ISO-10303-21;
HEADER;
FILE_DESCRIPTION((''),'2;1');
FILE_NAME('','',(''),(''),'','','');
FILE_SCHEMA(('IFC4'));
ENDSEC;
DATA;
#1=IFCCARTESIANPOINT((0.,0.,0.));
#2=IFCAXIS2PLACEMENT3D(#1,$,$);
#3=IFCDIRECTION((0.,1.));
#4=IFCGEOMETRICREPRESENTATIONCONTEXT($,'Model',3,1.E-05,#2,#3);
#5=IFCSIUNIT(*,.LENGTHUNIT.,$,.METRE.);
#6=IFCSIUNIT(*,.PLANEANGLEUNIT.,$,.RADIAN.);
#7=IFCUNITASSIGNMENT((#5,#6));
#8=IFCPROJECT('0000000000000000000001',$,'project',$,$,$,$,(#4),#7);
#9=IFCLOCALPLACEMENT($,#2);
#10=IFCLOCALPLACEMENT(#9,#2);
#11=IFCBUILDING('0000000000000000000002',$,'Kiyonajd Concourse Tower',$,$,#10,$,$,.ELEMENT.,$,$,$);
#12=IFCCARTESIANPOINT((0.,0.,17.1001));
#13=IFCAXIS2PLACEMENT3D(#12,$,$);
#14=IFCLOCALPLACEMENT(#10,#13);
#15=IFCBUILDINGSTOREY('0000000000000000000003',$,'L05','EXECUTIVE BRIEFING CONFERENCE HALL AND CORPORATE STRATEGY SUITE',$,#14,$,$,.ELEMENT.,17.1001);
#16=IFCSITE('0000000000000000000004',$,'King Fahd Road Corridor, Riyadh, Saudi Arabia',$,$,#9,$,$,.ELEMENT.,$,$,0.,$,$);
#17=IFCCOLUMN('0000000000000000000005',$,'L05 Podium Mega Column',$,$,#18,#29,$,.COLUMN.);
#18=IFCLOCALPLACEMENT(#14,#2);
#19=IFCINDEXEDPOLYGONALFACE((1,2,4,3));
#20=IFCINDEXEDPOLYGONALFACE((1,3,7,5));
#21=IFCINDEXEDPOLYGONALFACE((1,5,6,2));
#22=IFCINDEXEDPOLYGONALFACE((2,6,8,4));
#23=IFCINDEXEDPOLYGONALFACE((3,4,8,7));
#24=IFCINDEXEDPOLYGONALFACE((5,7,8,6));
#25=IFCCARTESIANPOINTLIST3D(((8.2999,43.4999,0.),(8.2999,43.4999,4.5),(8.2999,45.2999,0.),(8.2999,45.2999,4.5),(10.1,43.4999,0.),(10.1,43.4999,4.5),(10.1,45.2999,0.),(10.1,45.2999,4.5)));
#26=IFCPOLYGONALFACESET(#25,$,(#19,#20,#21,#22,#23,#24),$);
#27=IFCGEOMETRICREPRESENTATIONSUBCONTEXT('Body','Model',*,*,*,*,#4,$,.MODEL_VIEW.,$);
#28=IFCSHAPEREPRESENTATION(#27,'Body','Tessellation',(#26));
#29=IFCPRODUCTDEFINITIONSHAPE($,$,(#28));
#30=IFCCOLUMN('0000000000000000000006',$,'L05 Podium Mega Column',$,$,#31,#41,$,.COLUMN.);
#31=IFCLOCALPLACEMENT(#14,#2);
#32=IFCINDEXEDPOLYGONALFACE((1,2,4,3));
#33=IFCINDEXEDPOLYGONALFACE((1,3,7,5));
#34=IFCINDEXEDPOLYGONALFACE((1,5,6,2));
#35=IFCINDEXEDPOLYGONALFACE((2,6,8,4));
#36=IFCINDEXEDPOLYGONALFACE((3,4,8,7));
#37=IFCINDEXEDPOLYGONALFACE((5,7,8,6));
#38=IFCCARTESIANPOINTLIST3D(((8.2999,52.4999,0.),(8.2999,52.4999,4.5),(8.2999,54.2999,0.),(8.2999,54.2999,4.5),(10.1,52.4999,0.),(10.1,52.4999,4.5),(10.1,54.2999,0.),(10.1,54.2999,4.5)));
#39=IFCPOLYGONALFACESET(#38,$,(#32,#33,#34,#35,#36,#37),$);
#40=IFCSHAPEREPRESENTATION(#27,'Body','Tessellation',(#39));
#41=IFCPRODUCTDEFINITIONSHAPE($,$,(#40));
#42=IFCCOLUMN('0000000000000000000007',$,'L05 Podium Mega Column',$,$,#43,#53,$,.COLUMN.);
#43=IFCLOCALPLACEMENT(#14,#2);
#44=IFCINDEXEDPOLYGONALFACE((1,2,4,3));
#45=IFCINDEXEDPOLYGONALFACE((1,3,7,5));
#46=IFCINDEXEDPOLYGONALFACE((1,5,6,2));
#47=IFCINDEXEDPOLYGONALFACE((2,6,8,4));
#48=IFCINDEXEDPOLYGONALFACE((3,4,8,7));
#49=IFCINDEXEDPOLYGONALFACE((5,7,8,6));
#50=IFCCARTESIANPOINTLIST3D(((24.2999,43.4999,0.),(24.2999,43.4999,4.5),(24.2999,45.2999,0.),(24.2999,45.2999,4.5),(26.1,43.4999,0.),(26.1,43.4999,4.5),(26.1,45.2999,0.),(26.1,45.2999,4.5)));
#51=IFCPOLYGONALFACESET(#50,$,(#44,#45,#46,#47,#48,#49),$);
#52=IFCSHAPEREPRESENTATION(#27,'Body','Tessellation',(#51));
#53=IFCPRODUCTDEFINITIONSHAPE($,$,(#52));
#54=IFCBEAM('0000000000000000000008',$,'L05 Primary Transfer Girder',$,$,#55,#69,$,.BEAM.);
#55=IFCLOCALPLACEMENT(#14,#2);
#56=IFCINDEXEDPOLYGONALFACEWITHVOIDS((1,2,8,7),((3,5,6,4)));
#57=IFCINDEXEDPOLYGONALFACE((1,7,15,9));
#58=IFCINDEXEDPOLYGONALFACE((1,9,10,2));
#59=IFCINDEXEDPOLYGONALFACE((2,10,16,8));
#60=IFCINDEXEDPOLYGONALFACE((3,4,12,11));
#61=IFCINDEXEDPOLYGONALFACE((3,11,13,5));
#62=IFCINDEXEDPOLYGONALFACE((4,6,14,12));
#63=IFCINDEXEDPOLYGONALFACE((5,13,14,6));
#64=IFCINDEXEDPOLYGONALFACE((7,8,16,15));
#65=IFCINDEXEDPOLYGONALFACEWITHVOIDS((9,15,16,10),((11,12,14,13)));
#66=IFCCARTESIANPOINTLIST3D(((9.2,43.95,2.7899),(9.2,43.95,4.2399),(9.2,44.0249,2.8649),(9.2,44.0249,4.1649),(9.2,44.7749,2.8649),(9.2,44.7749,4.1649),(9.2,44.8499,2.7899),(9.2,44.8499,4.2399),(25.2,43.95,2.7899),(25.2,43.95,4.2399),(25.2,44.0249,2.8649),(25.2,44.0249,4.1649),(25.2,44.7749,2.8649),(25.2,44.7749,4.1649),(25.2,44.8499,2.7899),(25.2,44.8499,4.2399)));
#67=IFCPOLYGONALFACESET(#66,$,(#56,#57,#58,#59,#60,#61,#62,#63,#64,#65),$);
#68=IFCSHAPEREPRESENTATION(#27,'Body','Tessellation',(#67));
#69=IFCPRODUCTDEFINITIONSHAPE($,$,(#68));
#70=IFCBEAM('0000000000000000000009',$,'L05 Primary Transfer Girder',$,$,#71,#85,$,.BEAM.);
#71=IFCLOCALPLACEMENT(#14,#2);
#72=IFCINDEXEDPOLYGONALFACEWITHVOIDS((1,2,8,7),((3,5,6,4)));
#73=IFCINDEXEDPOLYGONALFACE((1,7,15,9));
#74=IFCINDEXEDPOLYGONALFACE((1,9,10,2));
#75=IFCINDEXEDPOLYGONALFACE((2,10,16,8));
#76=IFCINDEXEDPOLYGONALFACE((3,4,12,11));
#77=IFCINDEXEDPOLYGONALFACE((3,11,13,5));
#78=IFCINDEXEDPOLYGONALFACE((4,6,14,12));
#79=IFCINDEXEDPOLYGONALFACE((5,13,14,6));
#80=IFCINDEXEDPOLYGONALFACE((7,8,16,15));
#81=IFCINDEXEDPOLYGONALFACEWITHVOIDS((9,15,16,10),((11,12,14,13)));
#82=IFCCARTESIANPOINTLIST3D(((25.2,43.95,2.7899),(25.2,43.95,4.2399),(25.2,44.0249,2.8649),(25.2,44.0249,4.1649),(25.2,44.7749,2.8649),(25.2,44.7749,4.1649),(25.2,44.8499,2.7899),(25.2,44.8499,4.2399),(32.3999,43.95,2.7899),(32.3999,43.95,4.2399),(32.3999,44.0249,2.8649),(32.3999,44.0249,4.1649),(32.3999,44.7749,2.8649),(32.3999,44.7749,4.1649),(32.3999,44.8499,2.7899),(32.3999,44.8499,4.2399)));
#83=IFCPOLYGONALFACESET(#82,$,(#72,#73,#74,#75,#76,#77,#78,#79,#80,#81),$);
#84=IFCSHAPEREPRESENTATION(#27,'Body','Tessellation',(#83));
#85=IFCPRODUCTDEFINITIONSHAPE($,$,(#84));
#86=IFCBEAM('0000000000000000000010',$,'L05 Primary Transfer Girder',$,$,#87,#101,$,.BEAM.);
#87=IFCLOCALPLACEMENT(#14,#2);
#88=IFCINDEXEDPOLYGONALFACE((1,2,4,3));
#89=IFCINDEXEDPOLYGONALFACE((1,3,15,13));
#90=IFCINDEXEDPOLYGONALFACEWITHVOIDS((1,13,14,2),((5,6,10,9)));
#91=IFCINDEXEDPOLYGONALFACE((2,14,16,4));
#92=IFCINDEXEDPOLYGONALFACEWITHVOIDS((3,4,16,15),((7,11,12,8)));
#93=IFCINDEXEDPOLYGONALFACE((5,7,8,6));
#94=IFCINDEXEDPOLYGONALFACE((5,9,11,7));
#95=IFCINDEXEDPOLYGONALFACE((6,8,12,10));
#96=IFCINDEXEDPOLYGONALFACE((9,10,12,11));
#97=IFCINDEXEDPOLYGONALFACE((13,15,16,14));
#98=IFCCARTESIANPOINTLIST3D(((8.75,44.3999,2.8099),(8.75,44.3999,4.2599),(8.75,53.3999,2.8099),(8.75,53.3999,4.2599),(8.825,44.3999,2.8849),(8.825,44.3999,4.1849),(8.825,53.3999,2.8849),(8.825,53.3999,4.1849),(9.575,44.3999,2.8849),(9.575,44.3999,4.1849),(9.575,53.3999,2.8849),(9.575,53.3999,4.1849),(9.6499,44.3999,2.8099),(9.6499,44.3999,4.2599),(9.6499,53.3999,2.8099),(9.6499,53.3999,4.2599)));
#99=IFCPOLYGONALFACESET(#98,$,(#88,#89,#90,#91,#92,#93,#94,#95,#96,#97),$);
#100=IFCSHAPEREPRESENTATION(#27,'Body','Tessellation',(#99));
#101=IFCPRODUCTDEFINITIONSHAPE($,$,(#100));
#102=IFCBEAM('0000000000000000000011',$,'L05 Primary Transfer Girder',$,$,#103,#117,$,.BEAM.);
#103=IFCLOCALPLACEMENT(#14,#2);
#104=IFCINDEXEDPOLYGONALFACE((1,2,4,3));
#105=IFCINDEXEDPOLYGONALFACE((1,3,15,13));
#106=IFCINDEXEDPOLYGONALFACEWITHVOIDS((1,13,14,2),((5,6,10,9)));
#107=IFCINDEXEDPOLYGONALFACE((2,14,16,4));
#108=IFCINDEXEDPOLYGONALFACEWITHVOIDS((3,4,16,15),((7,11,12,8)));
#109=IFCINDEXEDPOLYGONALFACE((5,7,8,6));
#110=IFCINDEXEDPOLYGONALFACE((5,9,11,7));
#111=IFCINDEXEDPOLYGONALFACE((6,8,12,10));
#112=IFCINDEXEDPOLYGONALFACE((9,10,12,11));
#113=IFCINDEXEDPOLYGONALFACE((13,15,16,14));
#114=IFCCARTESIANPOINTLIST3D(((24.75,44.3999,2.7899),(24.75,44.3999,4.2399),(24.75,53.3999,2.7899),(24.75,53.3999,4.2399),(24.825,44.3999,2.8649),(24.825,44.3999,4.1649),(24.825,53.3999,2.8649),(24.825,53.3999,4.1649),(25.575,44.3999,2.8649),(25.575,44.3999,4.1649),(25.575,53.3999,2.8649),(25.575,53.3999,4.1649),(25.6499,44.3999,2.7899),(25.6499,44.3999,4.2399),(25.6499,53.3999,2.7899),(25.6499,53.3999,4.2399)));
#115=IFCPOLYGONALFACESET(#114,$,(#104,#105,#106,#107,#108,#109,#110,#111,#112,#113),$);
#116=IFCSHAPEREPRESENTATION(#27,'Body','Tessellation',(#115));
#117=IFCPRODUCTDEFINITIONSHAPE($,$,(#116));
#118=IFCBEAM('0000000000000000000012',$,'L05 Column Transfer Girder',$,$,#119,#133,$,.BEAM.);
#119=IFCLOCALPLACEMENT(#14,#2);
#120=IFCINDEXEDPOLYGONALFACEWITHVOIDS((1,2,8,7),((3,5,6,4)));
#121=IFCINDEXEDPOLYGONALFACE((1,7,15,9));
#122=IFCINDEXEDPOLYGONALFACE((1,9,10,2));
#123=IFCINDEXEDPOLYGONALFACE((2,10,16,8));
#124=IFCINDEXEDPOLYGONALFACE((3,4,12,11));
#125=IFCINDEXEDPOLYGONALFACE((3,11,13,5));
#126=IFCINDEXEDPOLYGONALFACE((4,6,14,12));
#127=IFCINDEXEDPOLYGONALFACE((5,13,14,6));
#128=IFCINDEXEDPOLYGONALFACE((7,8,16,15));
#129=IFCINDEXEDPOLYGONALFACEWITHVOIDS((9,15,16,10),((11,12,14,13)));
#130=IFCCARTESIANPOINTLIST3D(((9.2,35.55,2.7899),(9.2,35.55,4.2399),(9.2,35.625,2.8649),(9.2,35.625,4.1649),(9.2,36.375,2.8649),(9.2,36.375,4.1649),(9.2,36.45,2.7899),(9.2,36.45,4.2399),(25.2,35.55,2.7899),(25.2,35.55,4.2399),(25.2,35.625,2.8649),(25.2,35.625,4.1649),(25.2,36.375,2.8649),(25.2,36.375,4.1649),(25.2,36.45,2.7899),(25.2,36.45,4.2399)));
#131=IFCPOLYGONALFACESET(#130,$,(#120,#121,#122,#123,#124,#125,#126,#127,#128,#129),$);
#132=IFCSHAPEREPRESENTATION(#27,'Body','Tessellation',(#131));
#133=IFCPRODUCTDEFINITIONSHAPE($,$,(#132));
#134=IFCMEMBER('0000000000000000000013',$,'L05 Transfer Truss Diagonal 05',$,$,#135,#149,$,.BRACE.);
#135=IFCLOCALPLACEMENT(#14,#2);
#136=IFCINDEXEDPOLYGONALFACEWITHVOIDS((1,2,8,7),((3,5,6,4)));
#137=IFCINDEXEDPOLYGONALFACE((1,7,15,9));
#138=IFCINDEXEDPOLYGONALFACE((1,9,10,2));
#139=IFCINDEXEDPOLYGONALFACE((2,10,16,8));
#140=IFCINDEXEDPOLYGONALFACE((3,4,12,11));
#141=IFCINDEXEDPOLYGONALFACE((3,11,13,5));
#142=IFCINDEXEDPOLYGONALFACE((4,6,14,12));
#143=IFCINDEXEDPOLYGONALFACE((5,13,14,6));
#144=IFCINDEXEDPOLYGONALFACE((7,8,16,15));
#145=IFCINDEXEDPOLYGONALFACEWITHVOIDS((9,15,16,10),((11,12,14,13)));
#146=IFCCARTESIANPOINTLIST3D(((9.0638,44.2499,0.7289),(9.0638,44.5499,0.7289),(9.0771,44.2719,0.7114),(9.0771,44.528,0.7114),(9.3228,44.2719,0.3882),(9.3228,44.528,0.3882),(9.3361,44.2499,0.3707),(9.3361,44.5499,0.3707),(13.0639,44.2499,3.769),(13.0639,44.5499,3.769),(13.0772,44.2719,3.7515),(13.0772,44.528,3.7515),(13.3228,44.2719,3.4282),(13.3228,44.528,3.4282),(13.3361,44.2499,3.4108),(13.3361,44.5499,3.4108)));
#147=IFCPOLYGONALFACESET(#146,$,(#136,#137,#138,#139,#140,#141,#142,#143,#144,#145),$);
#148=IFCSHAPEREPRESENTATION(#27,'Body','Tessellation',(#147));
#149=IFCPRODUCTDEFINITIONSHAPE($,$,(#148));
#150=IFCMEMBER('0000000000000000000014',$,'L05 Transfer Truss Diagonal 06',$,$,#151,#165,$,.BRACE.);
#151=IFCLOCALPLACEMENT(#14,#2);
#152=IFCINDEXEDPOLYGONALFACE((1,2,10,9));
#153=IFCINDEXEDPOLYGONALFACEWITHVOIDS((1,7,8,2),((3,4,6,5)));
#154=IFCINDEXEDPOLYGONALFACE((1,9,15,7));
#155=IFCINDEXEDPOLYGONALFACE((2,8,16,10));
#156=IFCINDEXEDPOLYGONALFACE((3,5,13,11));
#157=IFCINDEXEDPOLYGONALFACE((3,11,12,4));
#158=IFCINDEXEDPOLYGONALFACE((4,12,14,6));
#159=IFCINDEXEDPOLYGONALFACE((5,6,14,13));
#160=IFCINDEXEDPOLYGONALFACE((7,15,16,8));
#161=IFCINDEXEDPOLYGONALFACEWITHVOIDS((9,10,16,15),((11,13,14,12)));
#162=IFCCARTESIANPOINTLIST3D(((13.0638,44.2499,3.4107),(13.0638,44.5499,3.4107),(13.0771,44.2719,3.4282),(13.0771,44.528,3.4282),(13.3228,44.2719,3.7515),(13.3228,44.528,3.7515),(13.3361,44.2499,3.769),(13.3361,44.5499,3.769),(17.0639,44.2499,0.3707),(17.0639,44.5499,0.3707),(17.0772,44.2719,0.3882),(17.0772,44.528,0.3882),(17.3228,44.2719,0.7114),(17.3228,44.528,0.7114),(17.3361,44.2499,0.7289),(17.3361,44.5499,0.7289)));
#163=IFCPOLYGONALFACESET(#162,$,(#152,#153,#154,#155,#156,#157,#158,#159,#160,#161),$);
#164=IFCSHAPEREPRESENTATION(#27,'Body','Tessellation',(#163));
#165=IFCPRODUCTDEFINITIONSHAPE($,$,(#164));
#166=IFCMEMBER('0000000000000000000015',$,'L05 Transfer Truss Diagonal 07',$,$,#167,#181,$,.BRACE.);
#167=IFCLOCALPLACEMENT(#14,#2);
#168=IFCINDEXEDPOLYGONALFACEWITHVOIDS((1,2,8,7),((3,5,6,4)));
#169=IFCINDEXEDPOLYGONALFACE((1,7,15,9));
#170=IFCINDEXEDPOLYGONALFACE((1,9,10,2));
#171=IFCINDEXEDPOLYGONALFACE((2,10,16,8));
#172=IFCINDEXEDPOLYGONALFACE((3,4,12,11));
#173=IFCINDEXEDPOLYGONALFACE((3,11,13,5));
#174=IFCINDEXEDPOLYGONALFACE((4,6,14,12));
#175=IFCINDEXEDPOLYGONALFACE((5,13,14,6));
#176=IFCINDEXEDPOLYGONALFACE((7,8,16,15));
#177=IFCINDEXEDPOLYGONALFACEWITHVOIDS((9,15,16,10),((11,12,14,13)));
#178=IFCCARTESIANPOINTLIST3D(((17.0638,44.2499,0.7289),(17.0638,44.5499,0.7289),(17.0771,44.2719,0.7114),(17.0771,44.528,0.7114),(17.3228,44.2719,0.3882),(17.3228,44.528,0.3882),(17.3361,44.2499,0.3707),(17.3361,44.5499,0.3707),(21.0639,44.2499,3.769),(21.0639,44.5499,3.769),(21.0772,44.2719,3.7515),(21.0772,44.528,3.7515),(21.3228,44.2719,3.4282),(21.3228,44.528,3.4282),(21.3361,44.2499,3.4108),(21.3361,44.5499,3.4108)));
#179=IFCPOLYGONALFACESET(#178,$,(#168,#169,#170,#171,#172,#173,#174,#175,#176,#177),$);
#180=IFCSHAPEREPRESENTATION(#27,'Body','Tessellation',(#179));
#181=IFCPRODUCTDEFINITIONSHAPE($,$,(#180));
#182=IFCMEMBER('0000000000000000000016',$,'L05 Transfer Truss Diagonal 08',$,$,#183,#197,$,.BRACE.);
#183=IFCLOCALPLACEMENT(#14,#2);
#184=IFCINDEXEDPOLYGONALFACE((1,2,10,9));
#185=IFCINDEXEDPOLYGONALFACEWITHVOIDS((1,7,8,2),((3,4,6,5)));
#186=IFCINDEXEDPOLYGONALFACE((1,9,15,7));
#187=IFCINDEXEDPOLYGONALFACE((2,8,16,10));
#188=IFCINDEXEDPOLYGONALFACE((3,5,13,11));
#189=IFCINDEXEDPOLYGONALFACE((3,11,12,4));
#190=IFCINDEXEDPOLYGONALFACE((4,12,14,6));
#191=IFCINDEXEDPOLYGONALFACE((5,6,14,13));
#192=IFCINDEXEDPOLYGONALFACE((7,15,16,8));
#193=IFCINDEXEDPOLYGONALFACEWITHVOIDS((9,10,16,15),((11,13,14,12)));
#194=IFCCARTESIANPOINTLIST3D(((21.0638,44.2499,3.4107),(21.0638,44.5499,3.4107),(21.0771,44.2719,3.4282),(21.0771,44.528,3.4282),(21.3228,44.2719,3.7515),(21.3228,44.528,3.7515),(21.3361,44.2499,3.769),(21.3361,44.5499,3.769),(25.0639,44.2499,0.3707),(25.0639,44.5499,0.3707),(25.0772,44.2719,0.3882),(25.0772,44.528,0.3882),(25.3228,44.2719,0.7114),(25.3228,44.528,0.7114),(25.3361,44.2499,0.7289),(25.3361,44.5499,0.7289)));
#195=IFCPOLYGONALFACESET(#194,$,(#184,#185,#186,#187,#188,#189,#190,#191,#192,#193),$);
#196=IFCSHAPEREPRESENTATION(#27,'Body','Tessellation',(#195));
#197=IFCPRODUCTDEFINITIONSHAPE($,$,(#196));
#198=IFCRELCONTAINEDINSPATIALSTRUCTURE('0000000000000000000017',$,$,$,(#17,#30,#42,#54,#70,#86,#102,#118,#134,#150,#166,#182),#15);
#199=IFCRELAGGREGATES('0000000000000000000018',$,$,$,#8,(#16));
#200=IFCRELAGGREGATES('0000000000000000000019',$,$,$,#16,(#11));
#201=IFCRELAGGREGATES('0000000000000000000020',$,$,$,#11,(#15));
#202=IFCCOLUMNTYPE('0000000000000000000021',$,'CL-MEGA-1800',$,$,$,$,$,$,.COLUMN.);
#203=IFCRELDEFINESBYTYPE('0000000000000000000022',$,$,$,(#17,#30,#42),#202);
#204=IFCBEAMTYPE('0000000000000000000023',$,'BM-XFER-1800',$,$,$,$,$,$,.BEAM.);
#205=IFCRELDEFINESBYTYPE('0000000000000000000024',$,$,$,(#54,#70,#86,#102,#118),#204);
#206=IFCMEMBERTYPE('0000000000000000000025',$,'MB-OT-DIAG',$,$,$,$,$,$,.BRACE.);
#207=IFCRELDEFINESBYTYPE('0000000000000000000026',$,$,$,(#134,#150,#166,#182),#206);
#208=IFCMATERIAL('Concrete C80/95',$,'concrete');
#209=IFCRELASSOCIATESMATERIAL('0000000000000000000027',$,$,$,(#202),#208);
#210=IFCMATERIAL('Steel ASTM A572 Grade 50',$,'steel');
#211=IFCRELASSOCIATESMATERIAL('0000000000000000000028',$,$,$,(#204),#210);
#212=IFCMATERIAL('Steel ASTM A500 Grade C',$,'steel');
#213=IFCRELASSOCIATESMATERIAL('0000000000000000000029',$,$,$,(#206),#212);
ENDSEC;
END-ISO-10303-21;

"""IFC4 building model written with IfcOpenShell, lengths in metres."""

from ifc_helpers import new_model, si_unit, direction, frame, origin, origin_2d, place, context, subcontext, project, spatial, rectangle, hollow_rectangle, extrude, material, material_profile, profile_set, type_object, element, save


model = new_model("IFC4")

# Units and contexts
model_context = context("Model", 3, precision=1e-05, world=origin(), true_north=direction((0.0, 1.0)))
body_context = subcontext(model_context, "Body", "Model", "MODEL_VIEW")
ifc_project = project(units=[si_unit("LENGTHUNIT", "METRE"), si_unit("PLANEANGLEUNIT", "RADIAN")], contexts=[model_context])

# Site, building, storey
site_placement = place(None, origin())
site = spatial("IfcSite", under=ifc_project, at=site_placement, Name="King Fahd Road Corridor, Riyadh, Saudi Arabia", CompositionType="ELEMENT", RefElevation=0.0)
building_placement = place(site_placement, origin())
building = spatial("IfcBuilding", under=site, at=building_placement, Name="Kiyonajd Concourse Tower", CompositionType="ELEMENT")
storey_placement = place(building_placement, frame((0.0, 0.0, 17.1001)))
storey = spatial("IfcBuildingStorey", under=building, at=storey_placement, Name="L05", Description="EXECUTIVE BRIEFING CONFERENCE HALL AND CORPORATE STRATEGY SUITE", CompositionType="ELEMENT", Elevation=17.1001)

# Columns
ifc_material_1 = material(Name="Concrete C80/95", Category="concrete")
ifc_material_profile_1 = material_profile(ifc_material_1, rectangle(XDim=1.8, YDim=1.8, at=origin_2d()), Name="RC-1800x1800")
ifc_profile_set_1 = profile_set([ifc_material_profile_1], Name="Concrete C80/95")
column_type = type_object("IfcColumnType", Name="CL-MEGA-1800", PredefinedType="COLUMN", material=ifc_profile_set_1)
for number, where, z_axis, x_axis, name in (
    (1, (9.2, 44.3999, 0.0), (0.0, 0.0, 1.0), (1.0, 0.0, 0.0), "L05 Podium Mega Column"),
    (2, (9.2, 53.3999, 0.0), (0.0, 0.0, 1.0), (1.0, 0.0, 0.0), "L05 Podium Mega Column"),
    (3, (25.2, 44.3999, 0.0), (0.0, 0.0, 1.0), (1.0, 0.0, 0.0), "L05 Podium Mega Column"),
):
    element("IfcColumn", number, at=place(storey_placement, frame(where, z_axis=z_axis, x_axis=x_axis)), inside=storey, type_object=column_type, Name=name, PredefinedType="COLUMN", context=body_context, shape_type="SweptSolid", body=[
        extrude(rectangle(XDim=1.8, YDim=1.8, at=origin_2d()), origin(), (0.0, 0.0, 1.0), 4.5),
    ])

# Beams
ifc_material_2 = material(Name="Steel ASTM A572 Grade 50", Category="steel")
ifc_material_profile_2 = material_profile(ifc_material_2, hollow_rectangle(XDim=0.8999, YDim=1.45, WallThickness=0.075, at=origin_2d()), Name="BOX-1450x900x75")
ifc_profile_set_2 = profile_set([ifc_material_profile_2], Name="Steel ASTM A572 Grade 50")
beam_type = type_object("IfcBeamType", Name="BM-XFER-1800", PredefinedType="BEAM", material=ifc_profile_set_2)
beam_1_placement = place(storey_placement, frame((9.2, 44.3999, 3.5149), z_axis=(1.0, 0.0, 0.0), x_axis=(0.0, 1.0, 0.0)))
element("IfcBeam", 4, at=beam_1_placement, inside=storey, type_object=beam_type, Name="L05 Primary Transfer Girder", PredefinedType="BEAM", context=body_context, shape_type="SweptSolid", body=[
    extrude(hollow_rectangle(XDim=0.8999, YDim=1.45, WallThickness=0.075, at=origin_2d()), origin(), (0.0, 0.0, 1.0), 16.0),
])
beam_2_placement = place(storey_placement, frame((25.2, 44.3999, 3.5149), z_axis=(1.0, 0.0, 0.0), x_axis=(0.0, 1.0, 0.0)))
element("IfcBeam", 5, at=beam_2_placement, inside=storey, type_object=beam_type, Name="L05 Primary Transfer Girder", PredefinedType="BEAM", context=body_context, shape_type="SweptSolid", body=[
    extrude(hollow_rectangle(XDim=0.8999, YDim=1.45, WallThickness=0.075, at=origin_2d()), origin(), (0.0, 0.0, 1.0), 7.2),
])
for number, where, z_axis, x_axis, name in (
    (6, (9.2, 44.3999, 3.5349), (0.0, 1.0, 0.0), (-1.0, 0.0, 0.0), "L05 Primary Transfer Girder"),
    (7, (25.2, 44.3999, 3.5149), (0.0, 1.0, 0.0), (-1.0, 0.0, 0.0), "L05 Primary Transfer Girder"),
):
    element("IfcBeam", number, at=place(storey_placement, frame(where, z_axis=z_axis, x_axis=x_axis)), inside=storey, type_object=beam_type, Name=name, PredefinedType="BEAM", context=body_context, shape_type="SweptSolid", body=[
        extrude(hollow_rectangle(XDim=0.8999, YDim=1.45, WallThickness=0.075, at=origin_2d()), origin(), (0.0, 0.0, 1.0), 9.0),
    ])
beam_3_placement = place(storey_placement, frame((9.2, 36.0, 3.5149), z_axis=(1.0, 0.0, 0.0), x_axis=(0.0, 1.0, 0.0)))
element("IfcBeam", 8, at=beam_3_placement, inside=storey, type_object=beam_type, Name="L05 Column Transfer Girder", PredefinedType="BEAM", context=body_context, shape_type="SweptSolid", body=[
    extrude(hollow_rectangle(XDim=0.8999, YDim=1.45, WallThickness=0.075, at=origin_2d()), origin(), (0.0, 0.0, 1.0), 16.0),
])

# Members
ifc_material_3 = material(Name="Steel ASTM A500 Grade C", Category="steel")
ifc_material_profile_3 = material_profile(ifc_material_3, hollow_rectangle(XDim=0.3, YDim=0.45, WallThickness=0.022, at=origin_2d()), Name="HSS-450x300x22")
ifc_profile_set_3 = profile_set([ifc_material_profile_3], Name="Steel ASTM A500 Grade C")
member_type_1 = type_object("IfcMemberType", Name="MB-OT-DIAG", PredefinedType="BRACE", material=ifc_profile_set_3)
for number, where, z_axis, x_axis, name in (
    (9, (9.2, 44.3999, 0.5498), (0.796158, 0.0, 0.605088), (0.0, 1.0, 0.0), "L05 Transfer Truss Diagonal 05"),
    (10, (13.2, 44.3999, 3.5898), (0.796158, 0.0, -0.605088), (0.0, 1.0, 0.0), "L05 Transfer Truss Diagonal 06"),
    (11, (17.2, 44.3999, 0.5498), (0.796158, 0.0, 0.605088), (0.0, 1.0, 0.0), "L05 Transfer Truss Diagonal 07"),
    (12, (21.2, 44.3999, 3.5898), (0.796158, 0.0, -0.605088), (0.0, 1.0, 0.0), "L05 Transfer Truss Diagonal 08"),
):
    element("IfcMember", number, at=place(storey_placement, frame(where, z_axis=z_axis, x_axis=x_axis)), inside=storey, type_object=member_type_1, Name=name, PredefinedType="BRACE", context=body_context, shape_type="SweptSolid", body=[
        extrude(hollow_rectangle(XDim=0.3, YDim=0.45, WallThickness=0.022, at=origin_2d()), origin(), (0.0, 0.0, 1.0), 5.0242),
    ])

save(model, "model.ifc")
